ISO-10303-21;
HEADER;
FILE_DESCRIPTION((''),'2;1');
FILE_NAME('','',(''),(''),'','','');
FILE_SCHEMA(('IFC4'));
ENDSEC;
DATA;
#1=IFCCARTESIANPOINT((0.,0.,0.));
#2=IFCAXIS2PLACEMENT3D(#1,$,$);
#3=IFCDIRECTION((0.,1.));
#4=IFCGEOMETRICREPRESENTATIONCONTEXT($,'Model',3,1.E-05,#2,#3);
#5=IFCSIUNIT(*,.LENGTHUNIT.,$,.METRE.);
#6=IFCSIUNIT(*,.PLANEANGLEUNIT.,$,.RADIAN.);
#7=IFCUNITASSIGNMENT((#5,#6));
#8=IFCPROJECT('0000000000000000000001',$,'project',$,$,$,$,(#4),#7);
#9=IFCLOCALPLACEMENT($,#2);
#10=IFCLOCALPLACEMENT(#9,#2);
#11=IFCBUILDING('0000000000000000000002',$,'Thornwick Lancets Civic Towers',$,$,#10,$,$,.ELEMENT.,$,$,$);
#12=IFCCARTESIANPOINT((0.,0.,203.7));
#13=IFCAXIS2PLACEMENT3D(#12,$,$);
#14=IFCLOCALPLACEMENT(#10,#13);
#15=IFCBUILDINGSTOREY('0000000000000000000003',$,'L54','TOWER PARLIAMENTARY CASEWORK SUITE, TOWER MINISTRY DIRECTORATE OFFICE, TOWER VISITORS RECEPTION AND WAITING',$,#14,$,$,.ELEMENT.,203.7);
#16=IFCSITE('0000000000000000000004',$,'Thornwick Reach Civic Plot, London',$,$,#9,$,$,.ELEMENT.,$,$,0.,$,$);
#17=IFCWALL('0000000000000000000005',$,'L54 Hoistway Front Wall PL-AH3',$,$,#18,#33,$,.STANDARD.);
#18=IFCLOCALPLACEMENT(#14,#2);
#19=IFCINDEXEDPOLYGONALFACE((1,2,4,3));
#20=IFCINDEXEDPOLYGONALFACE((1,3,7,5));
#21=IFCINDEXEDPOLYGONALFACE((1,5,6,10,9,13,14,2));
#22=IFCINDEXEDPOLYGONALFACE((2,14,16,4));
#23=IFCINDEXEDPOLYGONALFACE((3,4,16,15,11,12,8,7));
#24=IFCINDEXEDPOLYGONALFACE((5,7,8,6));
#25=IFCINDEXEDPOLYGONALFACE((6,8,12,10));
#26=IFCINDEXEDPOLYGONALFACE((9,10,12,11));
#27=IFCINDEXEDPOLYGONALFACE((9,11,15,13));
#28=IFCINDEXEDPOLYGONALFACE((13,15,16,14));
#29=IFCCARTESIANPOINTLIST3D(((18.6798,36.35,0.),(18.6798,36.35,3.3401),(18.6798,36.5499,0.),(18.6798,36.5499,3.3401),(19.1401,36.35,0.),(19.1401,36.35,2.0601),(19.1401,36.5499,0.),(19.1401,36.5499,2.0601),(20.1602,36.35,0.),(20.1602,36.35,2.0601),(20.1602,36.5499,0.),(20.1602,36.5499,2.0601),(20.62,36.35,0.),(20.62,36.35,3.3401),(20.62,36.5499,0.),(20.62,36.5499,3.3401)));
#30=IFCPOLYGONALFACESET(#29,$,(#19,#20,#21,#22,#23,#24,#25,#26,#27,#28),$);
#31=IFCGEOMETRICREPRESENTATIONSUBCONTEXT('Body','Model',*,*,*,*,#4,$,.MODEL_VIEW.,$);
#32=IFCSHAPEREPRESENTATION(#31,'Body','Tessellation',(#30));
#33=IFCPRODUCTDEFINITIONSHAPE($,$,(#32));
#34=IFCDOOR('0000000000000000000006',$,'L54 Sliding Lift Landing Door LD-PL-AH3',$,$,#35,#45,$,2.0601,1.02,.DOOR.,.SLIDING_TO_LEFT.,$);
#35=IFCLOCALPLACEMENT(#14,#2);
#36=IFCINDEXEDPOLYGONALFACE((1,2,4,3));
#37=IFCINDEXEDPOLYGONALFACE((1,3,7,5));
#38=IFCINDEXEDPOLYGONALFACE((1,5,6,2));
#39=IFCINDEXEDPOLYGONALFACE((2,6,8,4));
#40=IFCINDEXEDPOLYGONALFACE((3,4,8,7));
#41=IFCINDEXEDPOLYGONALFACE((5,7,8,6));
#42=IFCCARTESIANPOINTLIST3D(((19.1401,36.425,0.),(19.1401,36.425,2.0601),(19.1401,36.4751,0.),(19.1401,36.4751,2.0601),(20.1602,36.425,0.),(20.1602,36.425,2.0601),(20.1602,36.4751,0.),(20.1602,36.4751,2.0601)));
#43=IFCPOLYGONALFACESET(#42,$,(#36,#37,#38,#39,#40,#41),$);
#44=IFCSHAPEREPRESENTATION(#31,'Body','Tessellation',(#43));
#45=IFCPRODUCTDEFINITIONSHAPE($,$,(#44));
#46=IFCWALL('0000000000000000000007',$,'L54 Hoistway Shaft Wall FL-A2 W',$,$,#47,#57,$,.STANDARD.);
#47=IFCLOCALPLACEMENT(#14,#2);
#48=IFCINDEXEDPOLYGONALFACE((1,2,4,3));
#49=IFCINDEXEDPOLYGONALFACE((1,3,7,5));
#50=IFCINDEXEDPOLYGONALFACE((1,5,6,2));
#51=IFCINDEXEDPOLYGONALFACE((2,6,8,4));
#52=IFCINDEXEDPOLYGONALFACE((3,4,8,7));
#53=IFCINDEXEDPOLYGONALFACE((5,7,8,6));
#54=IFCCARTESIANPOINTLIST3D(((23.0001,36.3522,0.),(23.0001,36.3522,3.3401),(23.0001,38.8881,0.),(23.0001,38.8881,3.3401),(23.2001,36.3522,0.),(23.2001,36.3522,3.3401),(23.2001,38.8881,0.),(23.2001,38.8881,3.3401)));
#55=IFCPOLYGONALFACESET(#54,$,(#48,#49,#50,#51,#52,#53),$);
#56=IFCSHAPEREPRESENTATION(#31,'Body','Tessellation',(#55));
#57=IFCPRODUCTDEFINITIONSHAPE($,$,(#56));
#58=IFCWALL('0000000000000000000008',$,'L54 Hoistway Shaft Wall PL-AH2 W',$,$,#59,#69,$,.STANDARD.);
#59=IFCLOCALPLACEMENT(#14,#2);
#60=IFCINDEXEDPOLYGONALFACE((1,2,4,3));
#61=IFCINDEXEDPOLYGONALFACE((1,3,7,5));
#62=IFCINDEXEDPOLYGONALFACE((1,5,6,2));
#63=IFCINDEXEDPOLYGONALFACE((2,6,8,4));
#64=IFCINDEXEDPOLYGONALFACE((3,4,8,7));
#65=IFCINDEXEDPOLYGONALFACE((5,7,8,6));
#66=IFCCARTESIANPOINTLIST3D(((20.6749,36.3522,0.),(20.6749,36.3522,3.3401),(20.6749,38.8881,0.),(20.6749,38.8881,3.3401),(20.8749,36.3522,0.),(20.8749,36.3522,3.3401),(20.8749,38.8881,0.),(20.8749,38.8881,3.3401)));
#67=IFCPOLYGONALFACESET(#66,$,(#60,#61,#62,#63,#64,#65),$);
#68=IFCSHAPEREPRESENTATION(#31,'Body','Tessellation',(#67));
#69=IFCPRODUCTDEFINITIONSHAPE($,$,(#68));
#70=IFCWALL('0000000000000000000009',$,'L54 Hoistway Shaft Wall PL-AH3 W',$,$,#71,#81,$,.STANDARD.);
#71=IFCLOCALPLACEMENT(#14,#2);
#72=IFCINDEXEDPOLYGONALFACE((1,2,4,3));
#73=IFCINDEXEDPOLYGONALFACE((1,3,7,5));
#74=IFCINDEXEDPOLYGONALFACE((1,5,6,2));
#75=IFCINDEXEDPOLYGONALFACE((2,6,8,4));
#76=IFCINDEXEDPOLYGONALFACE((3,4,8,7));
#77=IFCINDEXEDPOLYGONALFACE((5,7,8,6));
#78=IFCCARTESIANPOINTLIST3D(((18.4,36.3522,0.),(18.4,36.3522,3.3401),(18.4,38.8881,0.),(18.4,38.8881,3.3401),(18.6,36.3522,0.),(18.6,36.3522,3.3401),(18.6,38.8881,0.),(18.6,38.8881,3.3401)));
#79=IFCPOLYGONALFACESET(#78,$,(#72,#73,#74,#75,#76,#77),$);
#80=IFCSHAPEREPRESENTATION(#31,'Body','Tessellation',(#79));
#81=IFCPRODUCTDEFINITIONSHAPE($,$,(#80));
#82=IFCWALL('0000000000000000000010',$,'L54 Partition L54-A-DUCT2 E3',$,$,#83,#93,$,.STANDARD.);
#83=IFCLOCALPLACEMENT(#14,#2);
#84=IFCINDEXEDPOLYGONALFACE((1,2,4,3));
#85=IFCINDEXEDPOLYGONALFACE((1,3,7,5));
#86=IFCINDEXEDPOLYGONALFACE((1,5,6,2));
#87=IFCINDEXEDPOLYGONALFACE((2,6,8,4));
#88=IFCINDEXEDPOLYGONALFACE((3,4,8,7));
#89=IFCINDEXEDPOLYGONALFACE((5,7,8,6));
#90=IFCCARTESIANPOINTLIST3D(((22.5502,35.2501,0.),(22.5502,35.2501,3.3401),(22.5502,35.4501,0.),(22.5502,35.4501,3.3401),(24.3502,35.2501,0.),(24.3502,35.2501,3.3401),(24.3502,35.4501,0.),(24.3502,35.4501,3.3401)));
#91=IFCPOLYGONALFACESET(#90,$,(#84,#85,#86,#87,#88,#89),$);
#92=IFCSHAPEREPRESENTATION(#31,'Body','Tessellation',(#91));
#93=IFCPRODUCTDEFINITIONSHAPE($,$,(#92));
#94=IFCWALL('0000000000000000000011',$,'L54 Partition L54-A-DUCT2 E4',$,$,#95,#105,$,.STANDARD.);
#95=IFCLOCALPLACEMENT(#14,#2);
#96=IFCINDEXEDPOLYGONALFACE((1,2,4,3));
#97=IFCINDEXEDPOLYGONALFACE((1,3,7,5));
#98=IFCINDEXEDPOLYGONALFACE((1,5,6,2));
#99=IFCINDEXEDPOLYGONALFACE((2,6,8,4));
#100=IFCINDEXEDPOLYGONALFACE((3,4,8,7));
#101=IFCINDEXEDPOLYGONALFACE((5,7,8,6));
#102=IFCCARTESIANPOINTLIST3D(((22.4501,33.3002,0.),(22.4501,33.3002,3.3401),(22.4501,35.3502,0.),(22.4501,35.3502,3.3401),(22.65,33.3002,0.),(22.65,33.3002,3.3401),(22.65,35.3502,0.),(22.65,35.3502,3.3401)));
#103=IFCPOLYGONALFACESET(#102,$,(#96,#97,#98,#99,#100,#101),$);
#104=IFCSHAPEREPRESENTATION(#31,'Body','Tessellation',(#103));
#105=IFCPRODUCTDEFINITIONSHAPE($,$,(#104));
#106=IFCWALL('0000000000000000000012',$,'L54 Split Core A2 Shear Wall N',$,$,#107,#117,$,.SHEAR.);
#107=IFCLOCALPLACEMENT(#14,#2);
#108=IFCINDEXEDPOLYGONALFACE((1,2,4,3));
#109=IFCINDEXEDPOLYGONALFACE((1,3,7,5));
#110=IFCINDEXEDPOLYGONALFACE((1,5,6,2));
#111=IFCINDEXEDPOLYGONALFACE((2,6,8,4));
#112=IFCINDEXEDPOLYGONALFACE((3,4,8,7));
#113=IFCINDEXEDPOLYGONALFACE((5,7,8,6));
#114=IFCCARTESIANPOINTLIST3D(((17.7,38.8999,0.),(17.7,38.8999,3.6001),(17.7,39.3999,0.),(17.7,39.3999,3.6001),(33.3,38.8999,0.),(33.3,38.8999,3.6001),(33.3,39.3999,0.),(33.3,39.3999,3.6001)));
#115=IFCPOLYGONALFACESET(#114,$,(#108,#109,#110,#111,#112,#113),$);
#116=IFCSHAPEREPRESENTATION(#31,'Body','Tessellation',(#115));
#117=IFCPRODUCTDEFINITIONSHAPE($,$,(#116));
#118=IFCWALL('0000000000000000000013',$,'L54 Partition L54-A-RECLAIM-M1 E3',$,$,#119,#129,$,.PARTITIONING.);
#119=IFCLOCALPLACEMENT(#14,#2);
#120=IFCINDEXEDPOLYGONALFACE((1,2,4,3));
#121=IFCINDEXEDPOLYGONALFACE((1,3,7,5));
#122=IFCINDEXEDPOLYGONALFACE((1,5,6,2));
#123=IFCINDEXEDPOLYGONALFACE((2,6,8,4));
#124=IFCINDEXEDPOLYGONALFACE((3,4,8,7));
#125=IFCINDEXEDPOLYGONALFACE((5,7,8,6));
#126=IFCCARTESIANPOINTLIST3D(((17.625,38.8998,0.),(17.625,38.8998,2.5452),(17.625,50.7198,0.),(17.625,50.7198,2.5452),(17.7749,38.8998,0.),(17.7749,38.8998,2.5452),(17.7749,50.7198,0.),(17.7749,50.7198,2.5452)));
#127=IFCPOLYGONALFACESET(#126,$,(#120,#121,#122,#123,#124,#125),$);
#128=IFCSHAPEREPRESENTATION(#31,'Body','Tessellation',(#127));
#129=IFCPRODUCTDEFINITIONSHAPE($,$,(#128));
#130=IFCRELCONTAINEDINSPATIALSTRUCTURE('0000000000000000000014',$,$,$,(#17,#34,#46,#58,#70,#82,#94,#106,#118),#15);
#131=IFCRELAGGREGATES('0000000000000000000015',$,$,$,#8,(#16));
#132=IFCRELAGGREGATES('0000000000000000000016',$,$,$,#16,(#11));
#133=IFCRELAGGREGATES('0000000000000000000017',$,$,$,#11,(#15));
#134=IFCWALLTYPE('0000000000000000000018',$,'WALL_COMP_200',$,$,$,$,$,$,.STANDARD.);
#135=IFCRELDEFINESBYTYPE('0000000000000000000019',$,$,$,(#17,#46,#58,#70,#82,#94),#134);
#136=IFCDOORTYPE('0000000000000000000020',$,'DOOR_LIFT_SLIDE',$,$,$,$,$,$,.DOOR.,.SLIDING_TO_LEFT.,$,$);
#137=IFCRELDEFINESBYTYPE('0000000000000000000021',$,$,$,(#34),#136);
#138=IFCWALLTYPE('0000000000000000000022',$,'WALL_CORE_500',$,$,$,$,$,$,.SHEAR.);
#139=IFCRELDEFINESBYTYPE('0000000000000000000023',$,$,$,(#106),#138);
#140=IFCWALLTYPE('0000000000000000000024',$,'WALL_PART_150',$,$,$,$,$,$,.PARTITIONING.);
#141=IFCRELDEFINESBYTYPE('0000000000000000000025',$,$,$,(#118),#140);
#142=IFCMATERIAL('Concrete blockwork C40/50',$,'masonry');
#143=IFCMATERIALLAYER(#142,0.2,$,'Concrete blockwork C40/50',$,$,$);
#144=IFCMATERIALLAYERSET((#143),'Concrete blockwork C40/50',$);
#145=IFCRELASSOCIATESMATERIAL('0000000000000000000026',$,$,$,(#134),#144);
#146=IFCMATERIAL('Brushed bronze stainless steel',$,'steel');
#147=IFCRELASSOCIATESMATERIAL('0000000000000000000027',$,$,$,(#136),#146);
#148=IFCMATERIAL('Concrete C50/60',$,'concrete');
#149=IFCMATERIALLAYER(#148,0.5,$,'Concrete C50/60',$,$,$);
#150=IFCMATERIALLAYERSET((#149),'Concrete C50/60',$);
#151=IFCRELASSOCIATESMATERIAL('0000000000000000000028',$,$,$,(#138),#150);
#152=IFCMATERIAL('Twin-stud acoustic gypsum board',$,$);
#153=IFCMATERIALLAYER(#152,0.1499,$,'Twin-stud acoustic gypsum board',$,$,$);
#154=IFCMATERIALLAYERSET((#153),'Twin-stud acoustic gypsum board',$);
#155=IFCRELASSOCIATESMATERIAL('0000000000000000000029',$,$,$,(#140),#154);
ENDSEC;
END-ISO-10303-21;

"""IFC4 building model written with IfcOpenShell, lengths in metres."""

from ifc_helpers import new_model, si_unit, direction, frame, frame_2d, origin, place, context, subcontext, project, spatial, rectangle, extrude, material, layer, layer_set, type_object, element, fill, save


model = new_model("IFC4")

# Units and contexts
model_context = context("Model", 3, precision=1e-05, world=origin(), true_north=direction((0.0, 1.0)))
body_context = subcontext(model_context, "Body", "Model", "MODEL_VIEW")
ifc_project = project(units=[si_unit("LENGTHUNIT", "METRE"), si_unit("PLANEANGLEUNIT", "RADIAN")], contexts=[model_context])

# Site, building, storey
site_placement = place(None, origin())
site = spatial("IfcSite", under=ifc_project, at=site_placement, Name="Thornwick Reach Civic Plot, London", CompositionType="ELEMENT", RefElevation=0.0)
building_placement = place(site_placement, origin())
building = spatial("IfcBuilding", under=site, at=building_placement, Name="Thornwick Lancets Civic Towers", CompositionType="ELEMENT")
storey_placement = place(building_placement, frame((0.0, 0.0, 203.7)))
storey = spatial("IfcBuildingStorey", under=building, at=storey_placement, Name="L54", Description="TOWER PARLIAMENTARY CASEWORK SUITE, TOWER MINISTRY DIRECTORATE OFFICE, TOWER VISITORS RECEPTION AND WAITING", CompositionType="ELEMENT", Elevation=203.7)

# Shared definitions
ifc_material_1 = material(Name="Concrete C50/60", Category="concrete")

# Wall, opening, door
ifc_material_2 = material(Name="Concrete blockwork C40/50", Category="masonry")
ifc_layer_1 = layer(ifc_material_2, 0.2, Name="Concrete blockwork C40/50")
ifc_layer_set_1 = layer_set([ifc_layer_1], Name="Concrete blockwork C40/50")
wall_type_1 = type_object("IfcWallType", Name="WALL_COMP_200", PredefinedType="STANDARD", material=ifc_layer_set_1)
ifc_material_3 = material(Name="Brushed bronze stainless steel", Category="steel")
door_type = type_object("IfcDoorType", Name="DOOR_LIFT_SLIDE", OperationType="SLIDING_TO_LEFT", PredefinedType="DOOR", material=ifc_material_3)
wall_1_placement = place(storey_placement, frame((20.6201, 36.45, 0.0), z_axis=(0.0, 0.0, 1.0), x_axis=(-1.0, 0.0, 0.0)))
wall_1 = element("IfcWall", 1, at=wall_1_placement, inside=storey, type_object=wall_type_1, Name="L54 Hoistway Front Wall PL-AH3", PredefinedType="STANDARD", context=body_context, shape_type="SweptSolid", body=[
    extrude(rectangle(XDim=1.9402, YDim=0.2, at=frame_2d((0.9702, 0.0))), origin(), (0.0, 0.0, 1.0), 3.3401),
])
opening_1_placement = place(wall_1_placement, frame((0.46, 0.0, 0.0)))
opening_1 = element("IfcOpeningElement", 2, at=opening_1_placement, cuts=wall_1, PredefinedType="OPENING", context=body_context, shape_type="SweptSolid", body=[
    extrude(rectangle(XDim=1.02, YDim=2.0601, at=frame_2d((0.51, 1.03))), frame((0.0, 0.1099, 0.0), z_axis=(0.0, -1.0, 0.0), x_axis=(1.0, 0.0, 0.0)), (0.0, 0.0, 1.0), 0.22),
])
door_1_placement = place(opening_1_placement, origin())
door_1 = element("IfcDoor", 3, at=door_1_placement, inside=storey, type_object=door_type, Name="L54 Sliding Lift Landing Door LD-PL-AH3", OperationType="SLIDING_TO_LEFT", OverallHeight=2.0601, OverallWidth=1.02, PredefinedType="DOOR", context=body_context, shape_type="SweptSolid", body=[
    extrude(rectangle(XDim=1.02, YDim=2.0601, at=frame_2d((0.51, 1.03))), frame((0.0, 0.0249, 0.0), z_axis=(0.0, -1.0, 0.0), x_axis=(1.0, 0.0, 0.0)), (0.0, 0.0, 1.0), 0.05),
])
fill(opening_1, door_1)

# Walls
for number, where, z_axis, x_axis, name in (
    (4, (23.1001, 36.3521, 0.0), (0.0, 0.0, 1.0), (0.0, 1.0, 0.0), "L54 Hoistway Shaft Wall FL-A2 W"),
    (5, (20.7749, 36.3521, 0.0), (0.0, 0.0, 1.0), (0.0, 1.0, 0.0), "L54 Hoistway Shaft Wall PL-AH2 W"),
    (6, (18.5, 36.3521, 0.0), (0.0, 0.0, 1.0), (0.0, 1.0, 0.0), "L54 Hoistway Shaft Wall PL-AH3 W"),
):
    element("IfcWall", number, at=place(storey_placement, frame(where, z_axis=z_axis, x_axis=x_axis)), inside=storey, type_object=wall_type_1, Name=name, PredefinedType="STANDARD", context=body_context, shape_type="SweptSolid", body=[
        extrude(rectangle(XDim=2.5359, YDim=0.2, at=frame_2d((1.2681, 0.0))), origin(), (0.0, 0.0, 1.0), 3.3401),
    ])
wall_2_placement = place(storey_placement, frame((24.3501, 35.3501, 0.0), z_axis=(0.0, 0.0, 1.0), x_axis=(-1.0, 0.0, 0.0)))
element("IfcWall", 7, at=wall_2_placement, inside=storey, type_object=wall_type_1, Name="L54 Partition L54-A-DUCT2 E3", PredefinedType="STANDARD", context=body_context, shape_type="SweptSolid", body=[
    extrude(rectangle(XDim=1.8, YDim=0.2, at=frame_2d((0.8999, 0.0))), origin(), (0.0, 0.0, 1.0), 3.3401),
])
wall_3_placement = place(storey_placement, frame((22.55, 35.3501, 0.0), z_axis=(0.0, 0.0, 1.0), x_axis=(0.0, -1.0, 0.0)))
element("IfcWall", 8, at=wall_3_placement, inside=storey, type_object=wall_type_1, Name="L54 Partition L54-A-DUCT2 E4", PredefinedType="STANDARD", context=body_context, shape_type="SweptSolid", body=[
    extrude(rectangle(XDim=2.05, YDim=0.2, at=frame_2d((1.0249, 0.0))), origin(), (0.0, 0.0, 1.0), 3.3401),
])
ifc_layer_2 = layer(ifc_material_1, 0.5, Name="Concrete C50/60")
ifc_layer_set_2 = layer_set([ifc_layer_2], Name="Concrete C50/60")
wall_type_2 = type_object("IfcWallType", Name="WALL_CORE_500", PredefinedType="SHEAR", material=ifc_layer_set_2)
wall_4_placement = place(storey_placement, frame((17.7, 39.1499, 0.0), z_axis=(0.0, 0.0, 1.0), x_axis=(1.0, 0.0, 0.0)))
element("IfcWall", 9, at=wall_4_placement, inside=storey, type_object=wall_type_2, Name="L54 Split Core A2 Shear Wall N", PredefinedType="SHEAR", context=body_context, shape_type="SweptSolid", body=[
    extrude(rectangle(XDim=15.6001, YDim=0.5, at=frame_2d((7.8, 0.0))), origin(), (0.0, 0.0, 1.0), 3.6001),
])
ifc_material_4 = material(Name="Twin-stud acoustic gypsum board")
ifc_layer_3 = layer(ifc_material_4, 0.1499, Name="Twin-stud acoustic gypsum board")
ifc_layer_set_3 = layer_set([ifc_layer_3], Name="Twin-stud acoustic gypsum board")
wall_type_3 = type_object("IfcWallType", Name="WALL_PART_150", PredefinedType="PARTITIONING", material=ifc_layer_set_3)
wall_5_placement = place(storey_placement, frame((17.7, 50.72, 0.0), z_axis=(0.0, 0.0, 1.0), x_axis=(0.0, -1.0, 0.0)))
element("IfcWall", 10, at=wall_5_placement, inside=storey, type_object=wall_type_3, Name="L54 Partition L54-A-RECLAIM-M1 E3", PredefinedType="PARTITIONING", context=body_context, shape_type="SweptSolid", body=[
    extrude(rectangle(XDim=11.8201, YDim=0.1499, at=frame_2d((5.9102, 0.0))), origin(), (0.0, 0.0, 1.0), 2.5452),
])

save(model, "model.ifc")
